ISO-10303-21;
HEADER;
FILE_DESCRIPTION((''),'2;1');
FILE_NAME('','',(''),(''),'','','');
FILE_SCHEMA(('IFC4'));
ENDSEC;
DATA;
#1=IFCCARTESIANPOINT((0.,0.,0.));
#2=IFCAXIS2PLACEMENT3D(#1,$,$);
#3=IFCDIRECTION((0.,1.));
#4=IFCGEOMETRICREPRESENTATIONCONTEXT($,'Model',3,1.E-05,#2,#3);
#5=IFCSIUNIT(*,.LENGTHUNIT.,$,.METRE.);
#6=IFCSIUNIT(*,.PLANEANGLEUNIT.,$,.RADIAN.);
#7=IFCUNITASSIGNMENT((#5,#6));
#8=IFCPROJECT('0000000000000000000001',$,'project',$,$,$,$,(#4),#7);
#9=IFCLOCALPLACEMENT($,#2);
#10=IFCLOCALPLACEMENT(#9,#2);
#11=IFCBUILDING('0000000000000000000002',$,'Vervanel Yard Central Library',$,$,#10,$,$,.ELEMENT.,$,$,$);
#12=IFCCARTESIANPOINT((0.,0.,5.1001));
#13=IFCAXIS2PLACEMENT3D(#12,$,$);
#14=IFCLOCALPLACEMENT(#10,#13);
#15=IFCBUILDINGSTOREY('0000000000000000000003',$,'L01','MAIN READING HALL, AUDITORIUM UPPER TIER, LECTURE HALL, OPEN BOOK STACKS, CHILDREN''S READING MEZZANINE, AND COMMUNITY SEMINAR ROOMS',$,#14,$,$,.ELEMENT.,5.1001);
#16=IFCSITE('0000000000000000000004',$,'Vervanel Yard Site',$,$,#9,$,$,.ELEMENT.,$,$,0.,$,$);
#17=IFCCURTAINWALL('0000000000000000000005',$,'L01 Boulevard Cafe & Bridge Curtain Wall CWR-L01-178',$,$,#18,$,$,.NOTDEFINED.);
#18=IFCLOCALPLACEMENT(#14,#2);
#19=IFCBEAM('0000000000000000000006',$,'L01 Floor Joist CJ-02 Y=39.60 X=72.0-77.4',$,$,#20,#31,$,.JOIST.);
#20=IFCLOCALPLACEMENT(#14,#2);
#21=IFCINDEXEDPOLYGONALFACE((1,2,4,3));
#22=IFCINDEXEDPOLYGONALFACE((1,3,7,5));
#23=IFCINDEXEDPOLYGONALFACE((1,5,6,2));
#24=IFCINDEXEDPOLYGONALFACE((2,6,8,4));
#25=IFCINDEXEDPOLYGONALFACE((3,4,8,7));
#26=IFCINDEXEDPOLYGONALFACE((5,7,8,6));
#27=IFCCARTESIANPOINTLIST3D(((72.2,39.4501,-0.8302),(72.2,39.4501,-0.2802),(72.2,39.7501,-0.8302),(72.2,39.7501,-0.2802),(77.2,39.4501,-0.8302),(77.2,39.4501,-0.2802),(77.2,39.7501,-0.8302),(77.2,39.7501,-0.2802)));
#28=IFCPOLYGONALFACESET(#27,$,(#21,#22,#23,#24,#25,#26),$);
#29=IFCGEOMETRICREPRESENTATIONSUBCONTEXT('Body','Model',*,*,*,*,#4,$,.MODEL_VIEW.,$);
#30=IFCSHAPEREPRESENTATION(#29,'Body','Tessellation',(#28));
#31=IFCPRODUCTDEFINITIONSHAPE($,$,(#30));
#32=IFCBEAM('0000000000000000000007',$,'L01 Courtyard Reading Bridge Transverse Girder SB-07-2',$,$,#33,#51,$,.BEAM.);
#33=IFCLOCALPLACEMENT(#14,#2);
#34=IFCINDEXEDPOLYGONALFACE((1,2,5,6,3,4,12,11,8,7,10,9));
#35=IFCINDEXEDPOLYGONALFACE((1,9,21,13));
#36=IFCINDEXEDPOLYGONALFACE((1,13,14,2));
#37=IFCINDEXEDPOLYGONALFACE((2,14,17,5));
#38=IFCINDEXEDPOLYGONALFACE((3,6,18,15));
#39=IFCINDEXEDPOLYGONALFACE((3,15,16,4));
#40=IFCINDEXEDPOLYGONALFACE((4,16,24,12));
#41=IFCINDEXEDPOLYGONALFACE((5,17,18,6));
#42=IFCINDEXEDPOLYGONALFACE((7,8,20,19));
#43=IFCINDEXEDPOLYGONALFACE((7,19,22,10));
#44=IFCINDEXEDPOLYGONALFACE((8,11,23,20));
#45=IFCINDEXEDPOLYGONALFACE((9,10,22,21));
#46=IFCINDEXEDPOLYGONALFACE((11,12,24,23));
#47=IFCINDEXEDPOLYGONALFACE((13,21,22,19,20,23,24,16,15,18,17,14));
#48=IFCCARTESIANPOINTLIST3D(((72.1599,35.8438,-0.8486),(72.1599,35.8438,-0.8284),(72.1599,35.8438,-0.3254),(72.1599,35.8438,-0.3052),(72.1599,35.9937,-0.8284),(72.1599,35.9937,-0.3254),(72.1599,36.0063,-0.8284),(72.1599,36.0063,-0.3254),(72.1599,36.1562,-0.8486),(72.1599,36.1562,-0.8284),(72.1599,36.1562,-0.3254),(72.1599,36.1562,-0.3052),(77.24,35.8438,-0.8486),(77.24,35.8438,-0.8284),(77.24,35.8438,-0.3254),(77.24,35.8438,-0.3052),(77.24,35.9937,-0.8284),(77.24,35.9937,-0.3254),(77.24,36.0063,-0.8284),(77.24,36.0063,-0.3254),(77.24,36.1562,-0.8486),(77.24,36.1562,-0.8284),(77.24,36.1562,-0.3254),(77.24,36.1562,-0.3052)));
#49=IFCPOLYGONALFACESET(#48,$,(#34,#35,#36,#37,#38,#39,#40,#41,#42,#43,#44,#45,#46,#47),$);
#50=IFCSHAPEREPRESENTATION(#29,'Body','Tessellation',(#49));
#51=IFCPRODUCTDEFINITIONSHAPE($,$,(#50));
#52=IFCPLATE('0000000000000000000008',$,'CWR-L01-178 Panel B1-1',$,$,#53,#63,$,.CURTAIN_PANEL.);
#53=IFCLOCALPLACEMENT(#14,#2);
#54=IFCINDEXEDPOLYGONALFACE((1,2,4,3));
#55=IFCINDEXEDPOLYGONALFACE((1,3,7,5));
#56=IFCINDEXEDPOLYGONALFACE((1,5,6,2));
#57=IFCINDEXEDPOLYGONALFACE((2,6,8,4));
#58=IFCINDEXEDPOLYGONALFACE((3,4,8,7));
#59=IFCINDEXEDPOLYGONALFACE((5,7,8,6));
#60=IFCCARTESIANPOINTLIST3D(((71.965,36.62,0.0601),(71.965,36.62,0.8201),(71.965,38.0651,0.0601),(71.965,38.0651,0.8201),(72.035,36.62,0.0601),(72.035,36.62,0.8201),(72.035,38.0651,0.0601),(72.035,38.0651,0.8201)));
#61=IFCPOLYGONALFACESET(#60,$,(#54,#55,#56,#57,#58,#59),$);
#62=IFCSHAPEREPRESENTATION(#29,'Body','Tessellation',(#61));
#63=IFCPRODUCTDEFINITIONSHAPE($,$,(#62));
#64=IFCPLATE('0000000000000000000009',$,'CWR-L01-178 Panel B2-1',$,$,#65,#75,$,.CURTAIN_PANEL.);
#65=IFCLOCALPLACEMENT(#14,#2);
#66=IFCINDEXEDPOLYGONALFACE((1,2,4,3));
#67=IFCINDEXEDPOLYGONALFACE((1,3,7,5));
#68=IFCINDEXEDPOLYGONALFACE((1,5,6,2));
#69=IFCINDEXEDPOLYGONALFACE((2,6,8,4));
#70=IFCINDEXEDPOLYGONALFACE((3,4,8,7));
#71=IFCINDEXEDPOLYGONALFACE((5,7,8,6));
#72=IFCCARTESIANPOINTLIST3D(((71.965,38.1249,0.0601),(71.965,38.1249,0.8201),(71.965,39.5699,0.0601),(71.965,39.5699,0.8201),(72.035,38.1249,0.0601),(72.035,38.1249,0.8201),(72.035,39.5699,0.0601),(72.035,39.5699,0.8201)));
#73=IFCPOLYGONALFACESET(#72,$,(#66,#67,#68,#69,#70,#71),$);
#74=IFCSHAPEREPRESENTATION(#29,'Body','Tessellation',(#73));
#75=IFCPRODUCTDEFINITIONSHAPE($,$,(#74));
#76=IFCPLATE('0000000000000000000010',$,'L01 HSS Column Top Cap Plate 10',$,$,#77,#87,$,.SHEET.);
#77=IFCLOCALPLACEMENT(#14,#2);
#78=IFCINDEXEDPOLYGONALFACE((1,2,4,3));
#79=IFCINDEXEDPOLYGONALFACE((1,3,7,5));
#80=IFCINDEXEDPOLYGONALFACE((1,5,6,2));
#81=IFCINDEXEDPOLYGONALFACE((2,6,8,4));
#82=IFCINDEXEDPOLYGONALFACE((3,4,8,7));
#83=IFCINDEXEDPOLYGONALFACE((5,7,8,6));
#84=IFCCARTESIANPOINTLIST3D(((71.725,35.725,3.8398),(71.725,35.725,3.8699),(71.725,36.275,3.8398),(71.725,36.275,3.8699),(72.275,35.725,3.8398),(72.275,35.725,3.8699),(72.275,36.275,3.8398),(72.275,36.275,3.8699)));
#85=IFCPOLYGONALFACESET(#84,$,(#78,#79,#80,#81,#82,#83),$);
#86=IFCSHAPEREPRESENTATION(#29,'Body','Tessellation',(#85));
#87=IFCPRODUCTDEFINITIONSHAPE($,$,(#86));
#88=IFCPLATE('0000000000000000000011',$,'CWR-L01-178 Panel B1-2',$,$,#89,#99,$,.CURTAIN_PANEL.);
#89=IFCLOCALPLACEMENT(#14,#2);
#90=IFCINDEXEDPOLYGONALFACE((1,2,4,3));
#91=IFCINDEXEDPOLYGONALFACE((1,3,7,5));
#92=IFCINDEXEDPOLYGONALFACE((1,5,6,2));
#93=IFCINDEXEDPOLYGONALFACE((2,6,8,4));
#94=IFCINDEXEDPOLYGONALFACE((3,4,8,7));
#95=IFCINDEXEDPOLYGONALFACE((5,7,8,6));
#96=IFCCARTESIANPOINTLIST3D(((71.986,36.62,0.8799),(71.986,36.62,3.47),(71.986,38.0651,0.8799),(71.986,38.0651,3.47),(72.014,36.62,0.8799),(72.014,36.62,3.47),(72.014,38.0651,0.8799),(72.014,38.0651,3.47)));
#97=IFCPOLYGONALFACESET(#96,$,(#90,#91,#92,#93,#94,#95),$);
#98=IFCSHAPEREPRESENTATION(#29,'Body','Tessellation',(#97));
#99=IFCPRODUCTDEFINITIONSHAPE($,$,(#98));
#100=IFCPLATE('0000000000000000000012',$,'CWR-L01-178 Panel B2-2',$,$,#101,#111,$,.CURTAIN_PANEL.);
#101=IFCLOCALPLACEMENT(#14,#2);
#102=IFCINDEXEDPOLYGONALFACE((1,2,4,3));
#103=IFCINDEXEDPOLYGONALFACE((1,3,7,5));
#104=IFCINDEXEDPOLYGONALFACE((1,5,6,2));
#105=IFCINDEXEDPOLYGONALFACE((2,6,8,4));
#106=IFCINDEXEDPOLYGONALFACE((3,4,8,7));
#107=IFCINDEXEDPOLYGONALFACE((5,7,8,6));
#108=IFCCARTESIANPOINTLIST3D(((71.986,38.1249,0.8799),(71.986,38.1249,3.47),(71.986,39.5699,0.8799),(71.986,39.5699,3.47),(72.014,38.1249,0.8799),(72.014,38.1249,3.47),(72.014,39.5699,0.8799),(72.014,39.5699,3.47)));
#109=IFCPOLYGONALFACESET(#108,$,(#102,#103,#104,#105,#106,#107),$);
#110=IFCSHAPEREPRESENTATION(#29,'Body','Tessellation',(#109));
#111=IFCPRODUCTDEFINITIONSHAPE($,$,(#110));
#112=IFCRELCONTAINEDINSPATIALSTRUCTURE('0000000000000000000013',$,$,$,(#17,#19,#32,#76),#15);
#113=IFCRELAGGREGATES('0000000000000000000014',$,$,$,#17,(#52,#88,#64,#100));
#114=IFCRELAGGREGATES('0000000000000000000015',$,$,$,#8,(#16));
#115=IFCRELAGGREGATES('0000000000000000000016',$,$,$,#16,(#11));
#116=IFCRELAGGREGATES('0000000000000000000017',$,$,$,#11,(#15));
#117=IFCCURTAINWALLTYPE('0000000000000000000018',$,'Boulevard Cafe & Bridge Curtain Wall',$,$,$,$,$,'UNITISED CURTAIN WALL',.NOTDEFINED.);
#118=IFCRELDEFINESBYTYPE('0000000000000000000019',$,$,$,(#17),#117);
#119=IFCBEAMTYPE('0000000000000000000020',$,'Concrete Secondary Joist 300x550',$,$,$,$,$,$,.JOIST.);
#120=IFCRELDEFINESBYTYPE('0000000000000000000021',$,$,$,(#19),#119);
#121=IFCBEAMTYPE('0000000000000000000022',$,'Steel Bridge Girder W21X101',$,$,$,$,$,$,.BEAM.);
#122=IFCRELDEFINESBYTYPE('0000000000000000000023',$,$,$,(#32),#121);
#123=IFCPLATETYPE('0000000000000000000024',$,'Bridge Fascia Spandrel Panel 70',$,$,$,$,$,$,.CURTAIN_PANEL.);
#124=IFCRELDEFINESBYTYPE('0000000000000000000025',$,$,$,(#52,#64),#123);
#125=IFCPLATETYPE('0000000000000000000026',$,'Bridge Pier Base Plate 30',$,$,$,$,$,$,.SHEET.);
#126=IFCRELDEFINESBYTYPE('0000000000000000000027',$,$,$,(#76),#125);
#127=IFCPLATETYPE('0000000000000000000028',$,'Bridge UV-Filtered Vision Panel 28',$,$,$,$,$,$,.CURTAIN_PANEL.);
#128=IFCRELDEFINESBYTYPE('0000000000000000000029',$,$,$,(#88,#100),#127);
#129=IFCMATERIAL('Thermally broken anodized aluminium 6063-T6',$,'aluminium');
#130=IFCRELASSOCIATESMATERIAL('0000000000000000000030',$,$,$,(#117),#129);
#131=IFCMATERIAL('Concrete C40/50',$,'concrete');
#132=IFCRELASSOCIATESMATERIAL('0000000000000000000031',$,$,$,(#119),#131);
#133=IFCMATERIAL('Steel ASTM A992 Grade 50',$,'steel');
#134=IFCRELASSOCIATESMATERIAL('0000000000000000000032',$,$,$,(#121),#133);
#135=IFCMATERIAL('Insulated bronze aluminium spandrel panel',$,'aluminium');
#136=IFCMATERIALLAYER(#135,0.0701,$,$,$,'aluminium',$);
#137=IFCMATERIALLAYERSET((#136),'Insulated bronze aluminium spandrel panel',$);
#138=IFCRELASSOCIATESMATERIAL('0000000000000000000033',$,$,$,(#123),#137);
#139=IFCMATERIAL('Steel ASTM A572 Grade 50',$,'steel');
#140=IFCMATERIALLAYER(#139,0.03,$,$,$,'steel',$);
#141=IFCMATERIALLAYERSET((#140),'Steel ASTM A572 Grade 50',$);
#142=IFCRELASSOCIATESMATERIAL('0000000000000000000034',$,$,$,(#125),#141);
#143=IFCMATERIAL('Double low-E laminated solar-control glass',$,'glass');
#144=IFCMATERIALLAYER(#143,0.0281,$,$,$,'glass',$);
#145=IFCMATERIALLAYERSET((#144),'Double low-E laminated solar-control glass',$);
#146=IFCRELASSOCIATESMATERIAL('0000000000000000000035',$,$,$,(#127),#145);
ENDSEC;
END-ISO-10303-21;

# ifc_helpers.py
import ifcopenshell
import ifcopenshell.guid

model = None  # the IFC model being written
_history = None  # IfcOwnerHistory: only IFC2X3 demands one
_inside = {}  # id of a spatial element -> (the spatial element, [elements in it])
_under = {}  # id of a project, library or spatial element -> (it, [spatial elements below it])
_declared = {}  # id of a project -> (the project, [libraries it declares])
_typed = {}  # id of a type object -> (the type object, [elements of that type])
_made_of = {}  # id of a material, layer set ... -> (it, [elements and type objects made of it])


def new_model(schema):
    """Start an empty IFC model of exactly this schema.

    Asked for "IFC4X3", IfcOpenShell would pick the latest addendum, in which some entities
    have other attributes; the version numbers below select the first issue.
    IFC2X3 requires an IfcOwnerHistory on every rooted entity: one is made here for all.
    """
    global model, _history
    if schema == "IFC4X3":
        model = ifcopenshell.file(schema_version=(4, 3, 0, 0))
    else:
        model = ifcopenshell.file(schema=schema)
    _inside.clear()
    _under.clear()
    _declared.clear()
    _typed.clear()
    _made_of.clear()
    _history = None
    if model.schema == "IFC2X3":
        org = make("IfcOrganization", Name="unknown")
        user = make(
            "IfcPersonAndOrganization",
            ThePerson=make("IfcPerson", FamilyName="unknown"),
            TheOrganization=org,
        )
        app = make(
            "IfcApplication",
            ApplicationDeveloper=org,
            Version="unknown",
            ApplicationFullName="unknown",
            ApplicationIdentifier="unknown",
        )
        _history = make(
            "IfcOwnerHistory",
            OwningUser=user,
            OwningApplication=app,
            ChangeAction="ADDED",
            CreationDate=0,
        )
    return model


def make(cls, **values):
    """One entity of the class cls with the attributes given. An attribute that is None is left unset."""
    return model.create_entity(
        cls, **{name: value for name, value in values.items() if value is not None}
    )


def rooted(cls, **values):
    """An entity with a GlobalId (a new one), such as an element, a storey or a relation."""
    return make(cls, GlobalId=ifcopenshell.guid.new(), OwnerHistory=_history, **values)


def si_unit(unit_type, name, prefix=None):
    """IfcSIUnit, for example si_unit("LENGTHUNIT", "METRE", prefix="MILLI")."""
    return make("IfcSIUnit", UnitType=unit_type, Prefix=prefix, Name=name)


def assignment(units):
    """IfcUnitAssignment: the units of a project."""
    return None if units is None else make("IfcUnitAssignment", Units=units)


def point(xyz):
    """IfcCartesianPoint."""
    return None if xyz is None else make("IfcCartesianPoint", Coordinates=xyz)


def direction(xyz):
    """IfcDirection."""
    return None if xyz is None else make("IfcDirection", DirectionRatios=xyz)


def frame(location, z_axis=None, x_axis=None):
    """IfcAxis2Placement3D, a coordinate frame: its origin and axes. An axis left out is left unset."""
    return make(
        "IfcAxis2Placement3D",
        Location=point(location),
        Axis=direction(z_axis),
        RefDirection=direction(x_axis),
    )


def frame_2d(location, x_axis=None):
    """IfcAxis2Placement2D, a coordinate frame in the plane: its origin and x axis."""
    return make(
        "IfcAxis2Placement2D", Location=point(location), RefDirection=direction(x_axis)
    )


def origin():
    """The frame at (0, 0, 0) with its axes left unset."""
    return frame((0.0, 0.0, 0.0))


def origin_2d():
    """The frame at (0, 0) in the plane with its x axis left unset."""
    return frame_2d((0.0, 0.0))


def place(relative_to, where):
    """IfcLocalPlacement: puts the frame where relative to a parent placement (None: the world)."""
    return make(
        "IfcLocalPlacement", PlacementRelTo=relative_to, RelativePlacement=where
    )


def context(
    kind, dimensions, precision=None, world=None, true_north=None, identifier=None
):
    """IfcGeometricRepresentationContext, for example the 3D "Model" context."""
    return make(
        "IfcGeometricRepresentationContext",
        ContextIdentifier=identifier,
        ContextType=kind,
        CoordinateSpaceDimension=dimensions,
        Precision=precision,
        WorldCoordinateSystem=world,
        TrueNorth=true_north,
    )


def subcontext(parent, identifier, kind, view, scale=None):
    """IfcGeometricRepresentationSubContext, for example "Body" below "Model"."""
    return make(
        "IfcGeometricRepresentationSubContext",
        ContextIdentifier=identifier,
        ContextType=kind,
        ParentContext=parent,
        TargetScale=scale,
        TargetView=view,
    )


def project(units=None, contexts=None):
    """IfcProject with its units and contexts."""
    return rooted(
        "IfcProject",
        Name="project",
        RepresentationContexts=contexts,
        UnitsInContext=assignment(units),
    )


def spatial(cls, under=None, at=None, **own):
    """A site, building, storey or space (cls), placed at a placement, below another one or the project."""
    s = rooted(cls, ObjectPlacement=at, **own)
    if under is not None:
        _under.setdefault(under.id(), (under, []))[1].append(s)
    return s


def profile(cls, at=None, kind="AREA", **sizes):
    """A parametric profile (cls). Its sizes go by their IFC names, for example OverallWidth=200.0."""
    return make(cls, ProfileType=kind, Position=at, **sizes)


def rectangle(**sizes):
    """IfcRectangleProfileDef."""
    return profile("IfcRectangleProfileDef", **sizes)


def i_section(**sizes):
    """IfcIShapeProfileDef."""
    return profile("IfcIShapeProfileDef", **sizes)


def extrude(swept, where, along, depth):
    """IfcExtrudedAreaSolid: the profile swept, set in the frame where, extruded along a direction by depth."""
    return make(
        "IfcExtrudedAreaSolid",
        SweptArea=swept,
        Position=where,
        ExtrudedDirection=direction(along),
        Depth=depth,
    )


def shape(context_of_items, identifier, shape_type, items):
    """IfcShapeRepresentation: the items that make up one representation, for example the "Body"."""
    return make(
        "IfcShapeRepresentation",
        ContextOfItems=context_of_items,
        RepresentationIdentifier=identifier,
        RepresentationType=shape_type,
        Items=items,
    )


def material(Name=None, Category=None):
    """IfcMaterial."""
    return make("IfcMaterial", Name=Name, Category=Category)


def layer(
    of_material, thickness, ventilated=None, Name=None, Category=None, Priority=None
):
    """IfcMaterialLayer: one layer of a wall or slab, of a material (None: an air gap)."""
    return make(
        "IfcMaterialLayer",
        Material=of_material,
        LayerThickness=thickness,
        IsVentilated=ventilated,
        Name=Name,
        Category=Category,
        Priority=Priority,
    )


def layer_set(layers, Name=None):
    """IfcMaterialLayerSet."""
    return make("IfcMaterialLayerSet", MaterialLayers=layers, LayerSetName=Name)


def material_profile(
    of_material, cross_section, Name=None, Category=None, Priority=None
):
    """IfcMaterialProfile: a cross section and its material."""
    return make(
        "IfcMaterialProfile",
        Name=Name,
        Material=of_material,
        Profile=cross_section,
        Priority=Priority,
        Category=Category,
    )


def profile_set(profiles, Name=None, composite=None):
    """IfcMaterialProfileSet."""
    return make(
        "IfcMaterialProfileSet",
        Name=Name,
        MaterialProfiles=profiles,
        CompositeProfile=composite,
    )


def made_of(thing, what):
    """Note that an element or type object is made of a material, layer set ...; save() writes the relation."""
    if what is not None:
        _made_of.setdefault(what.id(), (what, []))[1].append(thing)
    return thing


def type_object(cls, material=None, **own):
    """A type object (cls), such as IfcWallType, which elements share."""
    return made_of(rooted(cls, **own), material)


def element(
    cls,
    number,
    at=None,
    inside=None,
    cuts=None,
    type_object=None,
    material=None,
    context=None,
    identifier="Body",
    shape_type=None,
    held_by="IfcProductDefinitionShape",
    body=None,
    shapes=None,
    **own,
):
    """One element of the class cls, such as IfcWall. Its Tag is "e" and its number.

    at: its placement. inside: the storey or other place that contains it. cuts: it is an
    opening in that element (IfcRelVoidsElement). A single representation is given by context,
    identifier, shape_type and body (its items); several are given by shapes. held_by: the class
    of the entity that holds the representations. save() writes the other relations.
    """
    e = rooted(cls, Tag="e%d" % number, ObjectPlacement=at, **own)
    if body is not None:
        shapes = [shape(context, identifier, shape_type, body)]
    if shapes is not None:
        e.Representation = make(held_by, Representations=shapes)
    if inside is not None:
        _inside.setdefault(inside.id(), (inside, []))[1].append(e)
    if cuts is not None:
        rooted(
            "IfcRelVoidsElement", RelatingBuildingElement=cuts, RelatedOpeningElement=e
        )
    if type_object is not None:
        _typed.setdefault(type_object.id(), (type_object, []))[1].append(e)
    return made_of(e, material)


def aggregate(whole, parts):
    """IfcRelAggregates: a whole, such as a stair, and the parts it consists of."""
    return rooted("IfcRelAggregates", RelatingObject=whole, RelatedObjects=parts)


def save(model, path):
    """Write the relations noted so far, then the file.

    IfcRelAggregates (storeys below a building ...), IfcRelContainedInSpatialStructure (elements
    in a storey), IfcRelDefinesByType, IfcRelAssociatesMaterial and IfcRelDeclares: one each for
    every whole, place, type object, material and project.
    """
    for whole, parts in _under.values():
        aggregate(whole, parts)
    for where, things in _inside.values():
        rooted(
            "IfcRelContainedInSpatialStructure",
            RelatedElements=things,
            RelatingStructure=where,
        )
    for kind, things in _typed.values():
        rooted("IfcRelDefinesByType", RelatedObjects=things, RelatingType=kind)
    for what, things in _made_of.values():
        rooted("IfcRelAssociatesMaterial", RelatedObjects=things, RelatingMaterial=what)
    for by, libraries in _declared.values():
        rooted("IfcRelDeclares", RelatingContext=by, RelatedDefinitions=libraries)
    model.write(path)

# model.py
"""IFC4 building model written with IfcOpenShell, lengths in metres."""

from ifc_helpers import new_model, si_unit, direction, frame, origin, origin_2d, place, context, subcontext, project, spatial, rectangle, i_section, extrude, material, layer, layer_set, material_profile, profile_set, type_object, element, aggregate, save


model = new_model("IFC4")

# Units and contexts
model_context = context("Model", 3, precision=1e-05, world=origin(), true_north=direction((0.0, 1.0)))
body_context = subcontext(model_context, "Body", "Model", "MODEL_VIEW")
ifc_project = project(units=[si_unit("LENGTHUNIT", "METRE"), si_unit("PLANEANGLEUNIT", "RADIAN")], contexts=[model_context])

# Site, building, storey
site_placement = place(None, origin())
site = spatial("IfcSite", under=ifc_project, at=site_placement, Name="Vervanel Yard Site", CompositionType="ELEMENT", RefElevation=0.0)
building_placement = place(site_placement, origin())
building = spatial("IfcBuilding", under=site, at=building_placement, Name="Vervanel Yard Central Library", CompositionType="ELEMENT")
storey_placement = place(building_placement, frame((0.0, 0.0, 5.1001)))
storey = spatial("IfcBuildingStorey", under=building, at=storey_placement, Name="L01", Description="MAIN READING HALL, AUDITORIUM UPPER TIER, LECTURE HALL, OPEN BOOK STACKS, CHILDREN'S READING MEZZANINE, AND COMMUNITY SEMINAR ROOMS", CompositionType="ELEMENT", Elevation=5.1001)

# Curtain wall
ifc_material_1 = material(Name="Thermally broken anodized aluminium 6063-T6", Category="aluminium")
curtain_wall_type = type_object("IfcCurtainWallType", Name="Boulevard Cafe & Bridge Curtain Wall", ElementType="UNITISED CURTAIN WALL", PredefinedType="NOTDEFINED", material=ifc_material_1)
curtain_wall_placement = place(storey_placement, origin())
curtain_wall = element("IfcCurtainWall", 1, at=curtain_wall_placement, inside=storey, type_object=curtain_wall_type, Name="L01 Boulevard Cafe & Bridge Curtain Wall CWR-L01-178", PredefinedType="NOTDEFINED")

# Beams
ifc_material_2 = material(Name="Concrete C40/50", Category="concrete")
ifc_material_profile_1 = material_profile(ifc_material_2, rectangle(XDim=0.3, YDim=0.55, at=origin_2d()), Name="RC 300x550", Category="concrete")
ifc_profile_set_1 = profile_set([ifc_material_profile_1], Name="Concrete C40/50")
beam_type_1 = type_object("IfcBeamType", Name="Concrete Secondary Joist 300x550", PredefinedType="JOIST", material=ifc_profile_set_1)
beam_1_placement = place(storey_placement, frame((72.2, 39.6001, -0.5552), z_axis=(1.0, 0.0, 0.0), x_axis=(0.0, 1.0, 0.0)))
element("IfcBeam", 2, at=beam_1_placement, inside=storey, type_object=beam_type_1, Name="L01 Floor Joist CJ-02 Y=39.60 X=72.0-77.4", PredefinedType="JOIST", context=body_context, shape_type="SweptSolid", body=[
    extrude(rectangle(XDim=0.3, YDim=0.55, at=origin_2d()), origin(), (0.0, 0.0, 1.0), 5.0),
])
ifc_material_3 = material(Name="Steel ASTM A992 Grade 50", Category="steel")
ifc_material_profile_2 = material_profile(ifc_material_3, i_section(OverallWidth=0.3125, OverallDepth=0.5435, WebThickness=0.0127, FlangeThickness=0.0203, at=origin_2d()), Name="W21X101", Category="steel")
ifc_profile_set_2 = profile_set([ifc_material_profile_2], Name="Steel ASTM A992 Grade 50")
beam_type_2 = type_object("IfcBeamType", Name="Steel Bridge Girder W21X101", PredefinedType="BEAM", material=ifc_profile_set_2)
beam_2_placement = place(storey_placement, frame((72.1599, 36.0, -0.5769), z_axis=(1.0, 0.0, 0.0), x_axis=(0.0, 1.0, 0.0)))
element("IfcBeam", 3, at=beam_2_placement, inside=storey, type_object=beam_type_2, Name="L01 Courtyard Reading Bridge Transverse Girder SB-07-2", PredefinedType="BEAM", context=body_context, shape_type="SweptSolid", body=[
    extrude(i_section(OverallWidth=0.3125, OverallDepth=0.5435, WebThickness=0.0127, FlangeThickness=0.0203, at=origin_2d()), origin(), (0.0, 0.0, 1.0), 5.0801),
])

# Plates
ifc_material_4 = material(Name="Insulated bronze aluminium spandrel panel", Category="aluminium")
ifc_layer_1 = layer(ifc_material_4, 0.0701, Category="aluminium")
ifc_layer_set_1 = layer_set([ifc_layer_1], Name="Insulated bronze aluminium spandrel panel")
plate_type_1 = type_object("IfcPlateType", Name="Bridge Fascia Spandrel Panel 70", PredefinedType="CURTAIN_PANEL", material=ifc_layer_set_1)
plate_1_placement = place(storey_placement, frame((72.0, 37.3425, 0.0601), z_axis=(0.0, 0.0, 1.0), x_axis=(0.0, 1.0, 0.0)))
plate_1 = element("IfcPlate", 4, at=plate_1_placement, type_object=plate_type_1, Name="CWR-L01-178 Panel B1-1", PredefinedType="CURTAIN_PANEL", context=body_context, shape_type="SweptSolid", body=[
    extrude(rectangle(XDim=1.4451, YDim=0.0701, at=origin_2d()), origin(), (0.0, 0.0, 1.0), 0.76),
])
plate_2_placement = place(storey_placement, frame((72.0, 38.8474, 0.0601), z_axis=(0.0, 0.0, 1.0), x_axis=(0.0, 1.0, 0.0)))
plate_2 = element("IfcPlate", 5, at=plate_2_placement, type_object=plate_type_1, Name="CWR-L01-178 Panel B2-1", PredefinedType="CURTAIN_PANEL", context=body_context, shape_type="SweptSolid", body=[
    extrude(rectangle(XDim=1.4451, YDim=0.0701, at=origin_2d()), origin(), (0.0, 0.0, 1.0), 0.76),
])
ifc_material_5 = material(Name="Steel ASTM A572 Grade 50", Category="steel")
ifc_layer_2 = layer(ifc_material_5, 0.03, Category="steel")
ifc_layer_set_2 = layer_set([ifc_layer_2], Name="Steel ASTM A572 Grade 50")
plate_type_2 = type_object("IfcPlateType", Name="Bridge Pier Base Plate 30", PredefinedType="SHEET", material=ifc_layer_set_2)
plate_3_placement = place(storey_placement, frame((72.0, 36.0, 3.8398), z_axis=(0.0, 0.0, 1.0), x_axis=(1.0, 0.0, 0.0)))
element("IfcPlate", 6, at=plate_3_placement, inside=storey, type_object=plate_type_2, Name="L01 HSS Column Top Cap Plate 10", PredefinedType="SHEET", context=body_context, shape_type="SweptSolid", body=[
    extrude(rectangle(XDim=0.55, YDim=0.55, at=origin_2d()), origin(), (0.0, 0.0, 1.0), 0.03),
])
ifc_material_6 = material(Name="Double low-E laminated solar-control glass", Category="glass")
ifc_layer_3 = layer(ifc_material_6, 0.0281, Category="glass")
ifc_layer_set_3 = layer_set([ifc_layer_3], Name="Double low-E laminated solar-control glass")
plate_type_3 = type_object("IfcPlateType", Name="Bridge UV-Filtered Vision Panel 28", PredefinedType="CURTAIN_PANEL", material=ifc_layer_set_3)
plate_4_placement = place(storey_placement, frame((72.0, 37.3425, 0.8799), z_axis=(0.0, 0.0, 1.0), x_axis=(0.0, 1.0, 0.0)))
plate_4 = element("IfcPlate", 7, at=plate_4_placement, type_object=plate_type_3, Name="CWR-L01-178 Panel B1-2", PredefinedType="CURTAIN_PANEL", context=body_context, shape_type="SweptSolid", body=[
    extrude(rectangle(XDim=1.4451, YDim=0.0281, at=origin_2d()), origin(), (0.0, 0.0, 1.0), 2.5901),
])
plate_5_placement = place(storey_placement, frame((72.0, 38.8474, 0.8799), z_axis=(0.0, 0.0, 1.0), x_axis=(0.0, 1.0, 0.0)))
plate_5 = element("IfcPlate", 8, at=plate_5_placement, type_object=plate_type_3, Name="CWR-L01-178 Panel B2-2", PredefinedType="CURTAIN_PANEL", context=body_context, shape_type="SweptSolid", body=[
    extrude(rectangle(XDim=1.4451, YDim=0.0281, at=origin_2d()), origin(), (0.0, 0.0, 1.0), 2.5901),
])
aggregate(curtain_wall, [plate_1, plate_4, plate_2, plate_5])

save(model, "model.ifc")
